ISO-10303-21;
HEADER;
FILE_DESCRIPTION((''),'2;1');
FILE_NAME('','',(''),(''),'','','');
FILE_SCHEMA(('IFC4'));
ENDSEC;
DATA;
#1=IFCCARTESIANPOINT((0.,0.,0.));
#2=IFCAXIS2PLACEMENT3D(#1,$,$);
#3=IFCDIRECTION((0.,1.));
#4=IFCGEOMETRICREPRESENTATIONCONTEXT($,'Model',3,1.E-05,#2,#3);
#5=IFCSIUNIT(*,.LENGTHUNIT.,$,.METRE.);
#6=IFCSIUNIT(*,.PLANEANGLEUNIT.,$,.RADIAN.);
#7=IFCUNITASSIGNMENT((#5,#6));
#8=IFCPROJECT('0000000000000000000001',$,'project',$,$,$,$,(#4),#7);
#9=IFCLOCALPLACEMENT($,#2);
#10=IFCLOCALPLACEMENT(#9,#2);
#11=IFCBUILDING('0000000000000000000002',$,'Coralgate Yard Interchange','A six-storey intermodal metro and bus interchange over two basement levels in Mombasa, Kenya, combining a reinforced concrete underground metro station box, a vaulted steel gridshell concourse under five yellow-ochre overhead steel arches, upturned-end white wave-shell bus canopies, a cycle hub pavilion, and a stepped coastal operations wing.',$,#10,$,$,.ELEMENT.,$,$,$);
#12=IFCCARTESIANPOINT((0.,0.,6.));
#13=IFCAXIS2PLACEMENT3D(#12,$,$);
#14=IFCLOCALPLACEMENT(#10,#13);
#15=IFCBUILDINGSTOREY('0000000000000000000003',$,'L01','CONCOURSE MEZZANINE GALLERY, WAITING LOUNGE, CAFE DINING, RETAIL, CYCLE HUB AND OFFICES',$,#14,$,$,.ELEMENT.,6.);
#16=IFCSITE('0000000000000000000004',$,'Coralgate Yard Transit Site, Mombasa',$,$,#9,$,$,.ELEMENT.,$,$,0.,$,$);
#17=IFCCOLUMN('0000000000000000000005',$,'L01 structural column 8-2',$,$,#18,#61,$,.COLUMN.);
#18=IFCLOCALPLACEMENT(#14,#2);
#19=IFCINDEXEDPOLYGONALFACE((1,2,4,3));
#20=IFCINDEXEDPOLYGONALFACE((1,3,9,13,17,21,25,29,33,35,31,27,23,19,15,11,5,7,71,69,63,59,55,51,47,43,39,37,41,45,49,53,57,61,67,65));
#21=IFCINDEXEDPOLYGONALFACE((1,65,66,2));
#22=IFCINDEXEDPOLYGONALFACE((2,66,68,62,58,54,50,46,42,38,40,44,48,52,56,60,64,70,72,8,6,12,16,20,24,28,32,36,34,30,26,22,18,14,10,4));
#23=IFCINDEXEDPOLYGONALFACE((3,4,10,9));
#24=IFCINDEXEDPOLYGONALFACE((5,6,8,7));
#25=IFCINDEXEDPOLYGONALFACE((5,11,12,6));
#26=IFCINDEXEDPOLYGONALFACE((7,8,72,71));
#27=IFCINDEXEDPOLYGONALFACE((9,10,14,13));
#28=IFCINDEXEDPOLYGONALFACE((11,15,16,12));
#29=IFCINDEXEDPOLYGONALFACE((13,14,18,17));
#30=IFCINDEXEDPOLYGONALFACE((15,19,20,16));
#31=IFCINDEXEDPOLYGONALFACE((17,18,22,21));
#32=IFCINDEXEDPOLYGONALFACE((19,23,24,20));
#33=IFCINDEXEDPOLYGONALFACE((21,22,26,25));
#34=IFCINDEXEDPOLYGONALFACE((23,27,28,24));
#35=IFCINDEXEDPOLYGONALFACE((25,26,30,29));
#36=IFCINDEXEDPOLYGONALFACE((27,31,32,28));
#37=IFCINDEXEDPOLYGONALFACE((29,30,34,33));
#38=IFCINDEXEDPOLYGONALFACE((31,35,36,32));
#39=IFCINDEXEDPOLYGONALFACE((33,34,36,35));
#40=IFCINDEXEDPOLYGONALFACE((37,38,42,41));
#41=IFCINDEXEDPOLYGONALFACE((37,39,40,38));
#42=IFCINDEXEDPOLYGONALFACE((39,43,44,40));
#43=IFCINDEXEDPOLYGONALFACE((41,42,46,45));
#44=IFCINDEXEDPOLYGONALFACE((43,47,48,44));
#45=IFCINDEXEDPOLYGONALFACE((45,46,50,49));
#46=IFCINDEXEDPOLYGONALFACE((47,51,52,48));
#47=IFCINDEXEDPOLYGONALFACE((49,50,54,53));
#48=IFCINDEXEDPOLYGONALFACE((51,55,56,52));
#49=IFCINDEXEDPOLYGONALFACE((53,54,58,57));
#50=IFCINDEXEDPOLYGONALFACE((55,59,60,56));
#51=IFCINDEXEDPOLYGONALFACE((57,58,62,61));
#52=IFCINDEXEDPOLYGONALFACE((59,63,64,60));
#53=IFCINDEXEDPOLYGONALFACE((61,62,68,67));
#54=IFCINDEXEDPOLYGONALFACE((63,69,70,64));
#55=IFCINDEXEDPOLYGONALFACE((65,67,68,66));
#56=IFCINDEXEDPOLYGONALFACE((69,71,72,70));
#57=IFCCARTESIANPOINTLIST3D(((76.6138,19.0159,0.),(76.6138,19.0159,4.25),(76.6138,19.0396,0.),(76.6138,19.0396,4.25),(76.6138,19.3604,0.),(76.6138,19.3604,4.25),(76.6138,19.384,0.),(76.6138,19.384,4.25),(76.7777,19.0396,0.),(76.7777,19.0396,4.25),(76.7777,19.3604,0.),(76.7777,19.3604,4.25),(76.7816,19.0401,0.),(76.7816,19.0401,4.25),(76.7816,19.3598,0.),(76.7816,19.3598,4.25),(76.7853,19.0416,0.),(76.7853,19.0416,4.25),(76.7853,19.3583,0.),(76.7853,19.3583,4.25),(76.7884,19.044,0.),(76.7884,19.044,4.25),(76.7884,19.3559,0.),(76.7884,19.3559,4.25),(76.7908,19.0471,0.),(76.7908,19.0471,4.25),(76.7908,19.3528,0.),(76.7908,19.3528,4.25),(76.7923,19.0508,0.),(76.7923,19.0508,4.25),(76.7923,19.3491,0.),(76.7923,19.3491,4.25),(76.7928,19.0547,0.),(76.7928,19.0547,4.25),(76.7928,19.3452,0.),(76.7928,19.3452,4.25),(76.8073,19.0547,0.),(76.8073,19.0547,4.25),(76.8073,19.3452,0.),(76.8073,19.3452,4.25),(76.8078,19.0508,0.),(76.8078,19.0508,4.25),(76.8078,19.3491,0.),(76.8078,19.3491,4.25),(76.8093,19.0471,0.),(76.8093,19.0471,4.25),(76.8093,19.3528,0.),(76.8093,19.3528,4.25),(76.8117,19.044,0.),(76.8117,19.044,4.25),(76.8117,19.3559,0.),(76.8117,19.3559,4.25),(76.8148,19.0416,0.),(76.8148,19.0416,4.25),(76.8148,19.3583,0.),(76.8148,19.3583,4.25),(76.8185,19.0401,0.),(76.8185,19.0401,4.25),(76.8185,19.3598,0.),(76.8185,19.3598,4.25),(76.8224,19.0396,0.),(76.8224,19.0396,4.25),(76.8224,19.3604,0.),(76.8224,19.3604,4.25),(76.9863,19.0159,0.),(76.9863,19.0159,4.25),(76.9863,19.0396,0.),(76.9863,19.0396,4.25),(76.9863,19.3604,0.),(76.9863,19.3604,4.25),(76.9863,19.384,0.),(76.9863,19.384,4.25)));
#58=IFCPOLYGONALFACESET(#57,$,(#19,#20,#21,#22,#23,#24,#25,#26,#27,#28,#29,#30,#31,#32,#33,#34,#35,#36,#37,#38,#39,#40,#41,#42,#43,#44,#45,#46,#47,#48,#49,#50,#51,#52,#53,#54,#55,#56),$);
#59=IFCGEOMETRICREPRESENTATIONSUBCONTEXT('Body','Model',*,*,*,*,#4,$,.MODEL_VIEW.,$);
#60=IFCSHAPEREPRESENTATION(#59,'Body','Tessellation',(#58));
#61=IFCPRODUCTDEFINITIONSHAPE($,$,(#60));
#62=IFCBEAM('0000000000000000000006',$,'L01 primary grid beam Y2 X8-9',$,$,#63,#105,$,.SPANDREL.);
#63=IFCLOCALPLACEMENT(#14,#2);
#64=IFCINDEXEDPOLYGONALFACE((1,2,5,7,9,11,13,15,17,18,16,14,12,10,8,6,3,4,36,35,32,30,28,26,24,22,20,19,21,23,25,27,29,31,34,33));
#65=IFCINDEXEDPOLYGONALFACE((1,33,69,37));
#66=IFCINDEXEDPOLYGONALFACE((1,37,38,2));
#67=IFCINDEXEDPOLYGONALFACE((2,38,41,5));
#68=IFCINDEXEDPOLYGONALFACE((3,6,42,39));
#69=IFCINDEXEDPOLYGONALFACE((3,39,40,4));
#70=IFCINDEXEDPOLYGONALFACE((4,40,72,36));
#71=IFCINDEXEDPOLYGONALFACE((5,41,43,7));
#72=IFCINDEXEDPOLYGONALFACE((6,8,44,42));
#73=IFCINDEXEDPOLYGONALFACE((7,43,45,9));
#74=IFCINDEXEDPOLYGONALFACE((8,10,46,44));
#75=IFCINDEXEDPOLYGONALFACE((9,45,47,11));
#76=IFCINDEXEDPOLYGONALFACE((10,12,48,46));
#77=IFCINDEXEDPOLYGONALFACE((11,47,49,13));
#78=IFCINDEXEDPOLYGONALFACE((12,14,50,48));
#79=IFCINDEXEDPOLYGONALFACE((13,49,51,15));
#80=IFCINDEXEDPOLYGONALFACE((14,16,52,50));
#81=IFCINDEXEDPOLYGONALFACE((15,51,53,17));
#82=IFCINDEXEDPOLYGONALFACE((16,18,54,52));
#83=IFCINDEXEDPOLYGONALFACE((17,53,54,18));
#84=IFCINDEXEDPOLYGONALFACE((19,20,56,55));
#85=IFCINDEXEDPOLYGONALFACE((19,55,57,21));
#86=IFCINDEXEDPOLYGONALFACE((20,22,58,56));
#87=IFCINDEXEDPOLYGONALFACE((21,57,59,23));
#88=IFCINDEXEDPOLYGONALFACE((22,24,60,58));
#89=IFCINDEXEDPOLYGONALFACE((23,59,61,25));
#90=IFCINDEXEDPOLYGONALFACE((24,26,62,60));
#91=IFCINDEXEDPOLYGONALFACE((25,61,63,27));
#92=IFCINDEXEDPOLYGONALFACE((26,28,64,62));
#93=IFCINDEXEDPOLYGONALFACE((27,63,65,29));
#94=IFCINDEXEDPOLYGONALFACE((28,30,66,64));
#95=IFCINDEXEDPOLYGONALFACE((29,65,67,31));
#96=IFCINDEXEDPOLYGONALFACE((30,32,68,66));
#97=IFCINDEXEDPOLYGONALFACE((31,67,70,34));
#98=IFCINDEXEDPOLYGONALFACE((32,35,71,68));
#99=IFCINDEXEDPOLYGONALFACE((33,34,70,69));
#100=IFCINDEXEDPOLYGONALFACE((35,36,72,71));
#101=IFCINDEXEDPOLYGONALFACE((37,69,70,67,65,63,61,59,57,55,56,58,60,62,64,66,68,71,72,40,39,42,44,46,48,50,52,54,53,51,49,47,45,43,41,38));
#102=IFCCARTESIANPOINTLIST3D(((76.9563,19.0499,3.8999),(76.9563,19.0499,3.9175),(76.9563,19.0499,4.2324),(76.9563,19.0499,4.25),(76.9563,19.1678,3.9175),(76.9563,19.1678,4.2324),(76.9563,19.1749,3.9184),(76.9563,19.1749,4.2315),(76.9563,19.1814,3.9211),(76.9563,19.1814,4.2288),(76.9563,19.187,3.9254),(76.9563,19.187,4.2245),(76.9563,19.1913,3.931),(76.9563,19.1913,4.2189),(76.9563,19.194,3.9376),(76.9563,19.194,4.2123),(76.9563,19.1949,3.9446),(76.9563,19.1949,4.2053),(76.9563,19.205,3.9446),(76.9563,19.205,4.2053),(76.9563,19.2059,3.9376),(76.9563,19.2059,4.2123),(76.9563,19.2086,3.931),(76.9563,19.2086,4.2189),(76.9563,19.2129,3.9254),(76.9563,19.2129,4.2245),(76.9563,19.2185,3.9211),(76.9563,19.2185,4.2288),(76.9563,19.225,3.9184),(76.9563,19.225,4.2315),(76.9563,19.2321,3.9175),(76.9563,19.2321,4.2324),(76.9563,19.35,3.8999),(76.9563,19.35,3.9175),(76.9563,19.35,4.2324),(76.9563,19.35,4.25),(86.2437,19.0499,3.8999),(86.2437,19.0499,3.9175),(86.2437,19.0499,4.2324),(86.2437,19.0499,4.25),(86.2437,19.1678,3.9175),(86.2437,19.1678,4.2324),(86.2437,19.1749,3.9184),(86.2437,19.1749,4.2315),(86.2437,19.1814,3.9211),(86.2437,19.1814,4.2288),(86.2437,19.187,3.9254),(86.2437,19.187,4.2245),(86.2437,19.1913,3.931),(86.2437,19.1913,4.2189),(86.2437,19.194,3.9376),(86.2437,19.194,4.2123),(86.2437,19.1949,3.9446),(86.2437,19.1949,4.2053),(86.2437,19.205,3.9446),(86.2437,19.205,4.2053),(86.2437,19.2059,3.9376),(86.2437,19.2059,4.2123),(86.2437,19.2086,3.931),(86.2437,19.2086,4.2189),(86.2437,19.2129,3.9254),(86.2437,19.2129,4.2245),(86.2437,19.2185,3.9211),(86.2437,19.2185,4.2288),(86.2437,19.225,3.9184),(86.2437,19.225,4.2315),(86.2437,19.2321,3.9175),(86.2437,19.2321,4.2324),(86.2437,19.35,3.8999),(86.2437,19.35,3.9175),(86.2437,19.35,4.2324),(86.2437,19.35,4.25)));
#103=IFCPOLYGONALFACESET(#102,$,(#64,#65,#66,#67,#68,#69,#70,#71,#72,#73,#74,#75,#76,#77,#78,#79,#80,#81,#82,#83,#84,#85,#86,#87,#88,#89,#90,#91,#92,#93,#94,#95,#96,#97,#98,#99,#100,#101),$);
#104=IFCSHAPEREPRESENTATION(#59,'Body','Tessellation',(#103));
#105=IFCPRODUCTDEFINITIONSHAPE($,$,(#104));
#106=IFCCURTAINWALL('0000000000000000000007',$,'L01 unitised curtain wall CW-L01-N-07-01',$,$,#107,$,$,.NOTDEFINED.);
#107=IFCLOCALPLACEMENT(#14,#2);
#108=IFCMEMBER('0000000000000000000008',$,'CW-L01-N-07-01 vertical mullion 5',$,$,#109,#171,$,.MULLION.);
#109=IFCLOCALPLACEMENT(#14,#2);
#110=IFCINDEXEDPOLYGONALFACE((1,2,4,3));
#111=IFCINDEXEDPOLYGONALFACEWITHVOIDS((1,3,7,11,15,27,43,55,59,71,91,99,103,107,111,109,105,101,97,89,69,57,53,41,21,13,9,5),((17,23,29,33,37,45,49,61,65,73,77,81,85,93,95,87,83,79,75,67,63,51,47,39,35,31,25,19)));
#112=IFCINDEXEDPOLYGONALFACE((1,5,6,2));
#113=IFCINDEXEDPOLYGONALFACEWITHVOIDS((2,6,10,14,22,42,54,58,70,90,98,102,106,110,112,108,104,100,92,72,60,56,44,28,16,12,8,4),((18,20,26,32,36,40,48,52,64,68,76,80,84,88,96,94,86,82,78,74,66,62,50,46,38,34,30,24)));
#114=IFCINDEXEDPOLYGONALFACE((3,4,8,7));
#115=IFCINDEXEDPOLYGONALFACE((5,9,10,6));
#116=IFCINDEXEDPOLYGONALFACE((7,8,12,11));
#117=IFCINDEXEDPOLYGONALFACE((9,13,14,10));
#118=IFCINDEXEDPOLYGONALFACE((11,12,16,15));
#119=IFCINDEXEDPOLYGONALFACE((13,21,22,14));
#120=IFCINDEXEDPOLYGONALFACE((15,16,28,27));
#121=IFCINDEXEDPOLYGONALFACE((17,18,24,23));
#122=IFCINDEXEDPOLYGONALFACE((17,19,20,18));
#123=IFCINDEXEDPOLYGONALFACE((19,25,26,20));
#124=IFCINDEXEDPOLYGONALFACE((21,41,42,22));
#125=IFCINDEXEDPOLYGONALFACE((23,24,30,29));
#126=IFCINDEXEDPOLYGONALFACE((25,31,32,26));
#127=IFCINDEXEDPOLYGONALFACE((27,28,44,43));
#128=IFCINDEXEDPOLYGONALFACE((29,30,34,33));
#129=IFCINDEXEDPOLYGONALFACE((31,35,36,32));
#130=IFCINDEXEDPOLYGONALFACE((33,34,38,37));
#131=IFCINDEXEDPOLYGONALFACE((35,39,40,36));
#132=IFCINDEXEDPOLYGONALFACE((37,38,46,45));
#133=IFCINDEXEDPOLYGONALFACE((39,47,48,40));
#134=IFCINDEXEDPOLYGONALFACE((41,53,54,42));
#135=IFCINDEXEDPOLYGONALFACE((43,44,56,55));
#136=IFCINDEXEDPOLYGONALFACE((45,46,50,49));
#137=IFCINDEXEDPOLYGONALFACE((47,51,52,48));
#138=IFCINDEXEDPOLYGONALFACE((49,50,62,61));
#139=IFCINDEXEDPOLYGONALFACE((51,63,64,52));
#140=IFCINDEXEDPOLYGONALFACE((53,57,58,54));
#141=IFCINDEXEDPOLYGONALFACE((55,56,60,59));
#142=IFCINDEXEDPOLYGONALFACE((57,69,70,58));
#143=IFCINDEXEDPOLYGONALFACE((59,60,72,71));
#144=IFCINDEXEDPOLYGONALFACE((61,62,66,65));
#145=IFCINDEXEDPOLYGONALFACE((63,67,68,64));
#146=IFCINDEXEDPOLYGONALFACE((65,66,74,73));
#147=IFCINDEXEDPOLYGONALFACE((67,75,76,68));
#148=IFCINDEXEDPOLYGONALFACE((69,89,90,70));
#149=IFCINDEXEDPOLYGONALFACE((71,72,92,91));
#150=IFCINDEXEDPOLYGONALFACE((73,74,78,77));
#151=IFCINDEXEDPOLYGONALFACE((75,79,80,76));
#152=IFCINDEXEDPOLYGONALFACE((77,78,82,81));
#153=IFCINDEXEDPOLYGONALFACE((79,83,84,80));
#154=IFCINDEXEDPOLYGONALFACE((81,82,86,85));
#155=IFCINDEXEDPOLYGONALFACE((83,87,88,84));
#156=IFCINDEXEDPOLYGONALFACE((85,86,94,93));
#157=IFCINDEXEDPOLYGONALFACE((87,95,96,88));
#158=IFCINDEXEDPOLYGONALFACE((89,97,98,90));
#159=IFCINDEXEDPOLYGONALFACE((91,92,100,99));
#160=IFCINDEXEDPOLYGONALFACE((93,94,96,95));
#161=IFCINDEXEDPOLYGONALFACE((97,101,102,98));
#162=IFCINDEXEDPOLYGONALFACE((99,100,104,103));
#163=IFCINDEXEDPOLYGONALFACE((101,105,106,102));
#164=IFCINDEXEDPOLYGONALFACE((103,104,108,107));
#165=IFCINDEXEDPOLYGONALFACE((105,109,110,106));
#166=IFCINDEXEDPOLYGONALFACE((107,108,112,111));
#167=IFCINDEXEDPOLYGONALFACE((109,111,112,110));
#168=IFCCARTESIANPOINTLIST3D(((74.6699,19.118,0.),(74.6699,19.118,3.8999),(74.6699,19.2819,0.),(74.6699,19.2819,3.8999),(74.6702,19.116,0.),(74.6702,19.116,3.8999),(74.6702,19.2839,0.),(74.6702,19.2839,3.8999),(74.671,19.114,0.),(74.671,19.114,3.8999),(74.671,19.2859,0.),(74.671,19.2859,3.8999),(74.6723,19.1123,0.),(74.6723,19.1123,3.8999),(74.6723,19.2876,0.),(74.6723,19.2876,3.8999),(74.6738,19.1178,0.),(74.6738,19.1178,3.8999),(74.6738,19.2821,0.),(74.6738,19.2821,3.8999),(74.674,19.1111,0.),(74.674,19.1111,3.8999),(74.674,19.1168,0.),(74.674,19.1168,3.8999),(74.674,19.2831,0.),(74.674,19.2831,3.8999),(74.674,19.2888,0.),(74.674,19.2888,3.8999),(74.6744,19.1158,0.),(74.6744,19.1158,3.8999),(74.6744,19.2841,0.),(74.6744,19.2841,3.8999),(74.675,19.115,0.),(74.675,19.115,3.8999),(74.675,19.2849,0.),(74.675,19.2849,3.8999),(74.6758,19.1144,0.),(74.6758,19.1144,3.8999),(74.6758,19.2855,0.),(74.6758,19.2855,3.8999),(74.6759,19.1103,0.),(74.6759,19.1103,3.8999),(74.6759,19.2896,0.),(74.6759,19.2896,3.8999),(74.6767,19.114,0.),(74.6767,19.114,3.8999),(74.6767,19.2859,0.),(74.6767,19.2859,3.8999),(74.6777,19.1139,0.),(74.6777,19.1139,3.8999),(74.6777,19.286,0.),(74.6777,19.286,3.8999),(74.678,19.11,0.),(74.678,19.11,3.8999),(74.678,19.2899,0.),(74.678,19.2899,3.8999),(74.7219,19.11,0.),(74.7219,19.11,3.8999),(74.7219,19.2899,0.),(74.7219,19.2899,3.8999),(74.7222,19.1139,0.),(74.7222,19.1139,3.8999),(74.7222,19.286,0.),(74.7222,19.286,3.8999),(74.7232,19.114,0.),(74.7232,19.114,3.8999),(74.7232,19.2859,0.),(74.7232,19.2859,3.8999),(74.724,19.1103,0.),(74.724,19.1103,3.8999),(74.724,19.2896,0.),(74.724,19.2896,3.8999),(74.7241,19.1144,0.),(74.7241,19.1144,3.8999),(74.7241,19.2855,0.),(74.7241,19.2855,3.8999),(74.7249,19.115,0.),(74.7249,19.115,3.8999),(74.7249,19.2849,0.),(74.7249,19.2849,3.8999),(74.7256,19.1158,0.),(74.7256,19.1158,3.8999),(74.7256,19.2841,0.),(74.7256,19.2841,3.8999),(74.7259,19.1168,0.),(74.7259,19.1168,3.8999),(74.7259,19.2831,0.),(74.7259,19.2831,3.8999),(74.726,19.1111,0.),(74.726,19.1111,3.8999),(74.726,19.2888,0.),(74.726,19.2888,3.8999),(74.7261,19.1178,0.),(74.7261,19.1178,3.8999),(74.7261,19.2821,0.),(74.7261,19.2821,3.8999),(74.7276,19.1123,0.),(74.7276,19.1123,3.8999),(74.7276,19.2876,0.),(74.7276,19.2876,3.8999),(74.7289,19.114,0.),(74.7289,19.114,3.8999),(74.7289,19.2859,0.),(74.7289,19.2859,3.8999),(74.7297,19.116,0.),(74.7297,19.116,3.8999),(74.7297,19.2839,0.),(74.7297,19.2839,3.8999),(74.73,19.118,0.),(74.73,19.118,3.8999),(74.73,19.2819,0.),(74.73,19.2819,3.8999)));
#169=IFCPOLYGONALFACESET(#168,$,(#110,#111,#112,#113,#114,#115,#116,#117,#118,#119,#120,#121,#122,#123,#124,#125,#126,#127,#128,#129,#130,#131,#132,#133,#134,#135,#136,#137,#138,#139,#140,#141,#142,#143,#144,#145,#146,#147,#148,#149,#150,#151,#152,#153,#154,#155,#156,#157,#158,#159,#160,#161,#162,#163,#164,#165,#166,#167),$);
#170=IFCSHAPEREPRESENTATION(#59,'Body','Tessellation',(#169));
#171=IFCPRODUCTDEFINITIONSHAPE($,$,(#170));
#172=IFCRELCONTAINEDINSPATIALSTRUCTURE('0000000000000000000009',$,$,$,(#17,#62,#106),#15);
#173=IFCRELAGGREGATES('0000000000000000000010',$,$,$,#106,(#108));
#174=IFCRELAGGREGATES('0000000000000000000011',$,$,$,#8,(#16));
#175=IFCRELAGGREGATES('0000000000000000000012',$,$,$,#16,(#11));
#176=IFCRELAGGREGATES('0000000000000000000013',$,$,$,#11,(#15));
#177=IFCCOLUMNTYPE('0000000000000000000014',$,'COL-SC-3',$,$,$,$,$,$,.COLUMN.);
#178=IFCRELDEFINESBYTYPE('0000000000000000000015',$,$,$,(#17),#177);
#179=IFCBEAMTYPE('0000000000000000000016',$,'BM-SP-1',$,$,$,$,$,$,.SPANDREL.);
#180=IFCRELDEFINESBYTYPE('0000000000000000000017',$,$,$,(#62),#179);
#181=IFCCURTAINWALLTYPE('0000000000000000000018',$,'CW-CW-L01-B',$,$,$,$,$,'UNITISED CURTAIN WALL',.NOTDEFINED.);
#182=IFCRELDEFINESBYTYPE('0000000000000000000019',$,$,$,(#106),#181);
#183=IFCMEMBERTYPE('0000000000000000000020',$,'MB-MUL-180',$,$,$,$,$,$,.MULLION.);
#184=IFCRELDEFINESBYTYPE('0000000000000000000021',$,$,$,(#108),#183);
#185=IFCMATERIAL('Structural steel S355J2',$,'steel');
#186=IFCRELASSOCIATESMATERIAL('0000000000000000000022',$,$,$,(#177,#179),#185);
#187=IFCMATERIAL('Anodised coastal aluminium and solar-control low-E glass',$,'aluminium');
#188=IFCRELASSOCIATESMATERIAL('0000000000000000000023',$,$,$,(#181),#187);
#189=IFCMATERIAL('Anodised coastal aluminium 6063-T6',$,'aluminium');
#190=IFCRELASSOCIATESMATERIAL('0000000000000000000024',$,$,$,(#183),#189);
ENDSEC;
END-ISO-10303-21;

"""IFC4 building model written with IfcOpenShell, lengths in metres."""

from ifc_helpers import new_model, si_unit, direction, frame, origin, origin_2d, place, context, subcontext, project, spatial, hollow_rectangle, i_section, extrude, material, material_profile, profile_set, type_object, element, aggregate, save


model = new_model("IFC4")

# Units and contexts
model_context = context("Model", 3, precision=1e-05, world=origin(), true_north=direction((0.0, 1.0)))
body_context = subcontext(model_context, "Body", "Model", "MODEL_VIEW")
ifc_project = project(units=[si_unit("LENGTHUNIT", "METRE"), si_unit("PLANEANGLEUNIT", "RADIAN")], contexts=[model_context])

# Site, building, storey
site_placement = place(None, origin())
site = spatial("IfcSite", under=ifc_project, at=site_placement, Name="Coralgate Yard Transit Site, Mombasa", CompositionType="ELEMENT", RefElevation=0.0)
building_placement = place(site_placement, origin())
building = spatial("IfcBuilding", under=site, at=building_placement, Name="Coralgate Yard Interchange", Description="A six-storey intermodal metro and bus interchange over two basement levels in Mombasa, Kenya, combining a reinforced concrete underground metro station box, a vaulted steel gridshell concourse under five yellow-ochre overhead steel arches, upturned-end white wave-shell bus canopies, a cycle hub pavilion, and a stepped coastal operations wing.", CompositionType="ELEMENT")
storey_placement = place(building_placement, frame((0.0, 0.0, 6.0)))
storey = spatial("IfcBuildingStorey", under=building, at=storey_placement, Name="L01", Description="CONCOURSE MEZZANINE GALLERY, WAITING LOUNGE, CAFE DINING, RETAIL, CYCLE HUB AND OFFICES", CompositionType="ELEMENT", Elevation=6.0)

# Column
ifc_material_1 = material(Name="Structural steel S355J2", Category="steel")
ifc_material_profile_1 = material_profile(ifc_material_1, i_section(OverallWidth=0.3726, OverallDepth=0.3682, WebThickness=0.0144, FlangeThickness=0.0237, FilletRadius=0.0151, at=origin_2d()), Name="UC 356x368x177")
ifc_profile_set_1 = profile_set([ifc_material_profile_1], Name="Structural steel S355J2")
column_type = type_object("IfcColumnType", Name="COL-SC-3", PredefinedType="COLUMN", material=ifc_profile_set_1)
column_placement = place(storey_placement, frame((76.8, 19.2, 0.0), z_axis=(0.0, 0.0, 1.0), x_axis=(1.0, 0.0, 0.0)))
element("IfcColumn", 1, at=column_placement, inside=storey, type_object=column_type, Name="L01 structural column 8-2", PredefinedType="COLUMN", context=body_context, shape_type="SweptSolid", body=[
    extrude(i_section(OverallWidth=0.3726, OverallDepth=0.3682, WebThickness=0.0144, FlangeThickness=0.0237, FilletRadius=0.0151, at=origin_2d()), origin(), (0.0, 0.0, 1.0), 4.25),
])

# Beam
ifc_material_profile_2 = material_profile(ifc_material_1, i_section(OverallWidth=0.3, OverallDepth=0.3501, WebThickness=0.01, FlangeThickness=0.0176, FilletRadius=0.0271, at=origin_2d()), Name="HEA 360")
ifc_profile_set_2 = profile_set([ifc_material_profile_2], Name="Structural steel S355J2")
beam_type = type_object("IfcBeamType", Name="BM-SP-1", PredefinedType="SPANDREL", material=ifc_profile_set_2)
beam_placement = place(storey_placement, frame((76.9563, 19.2, 4.075), z_axis=(1.0, 0.0, 0.0), x_axis=(0.0, 1.0, 0.0)))
element("IfcBeam", 2, at=beam_placement, inside=storey, type_object=beam_type, Name="L01 primary grid beam Y2 X8-9", PredefinedType="SPANDREL", context=body_context, shape_type="SweptSolid", body=[
    extrude(i_section(OverallWidth=0.3, OverallDepth=0.3501, WebThickness=0.01, FlangeThickness=0.0176, FilletRadius=0.0271, at=origin_2d()), origin(), (0.0, 0.0, 1.0), 9.2874),
])

# Curtain wall, member
ifc_material_2 = material(Name="Anodised coastal aluminium and solar-control low-E glass", Category="aluminium")
curtain_wall_type = type_object("IfcCurtainWallType", Name="CW-CW-L01-B", ElementType="UNITISED CURTAIN WALL", PredefinedType="NOTDEFINED", material=ifc_material_2)
curtain_wall_1_placement = place(storey_placement, origin())
curtain_wall_1 = element("IfcCurtainWall", 3, at=curtain_wall_1_placement, inside=storey, type_object=curtain_wall_type, Name="L01 unitised curtain wall CW-L01-N-07-01", PredefinedType="NOTDEFINED")
ifc_material_3 = material(Name="Anodised coastal aluminium 6063-T6", Category="aluminium")
ifc_material_profile_3 = material_profile(ifc_material_3, hollow_rectangle(XDim=0.0601, YDim=0.1799, WallThickness=0.0039, InnerFilletRadius=0.0039, OuterFilletRadius=0.0081, at=origin_2d()), Name="ALU 60x180x4")
ifc_profile_set_3 = profile_set([ifc_material_profile_3], Name="Anodised coastal aluminium 6063-T6")
member_type_1 = type_object("IfcMemberType", Name="MB-MUL-180", PredefinedType="MULLION", material=ifc_profile_set_3)
member_1_placement = place(storey_placement, frame((74.7, 19.2, 0.0), z_axis=(0.0, 0.0, 1.0), x_axis=(1.0, 0.0, 0.0)))
member_1 = element("IfcMember", 4, at=member_1_placement, type_object=member_type_1, Name="CW-L01-N-07-01 vertical mullion 5", PredefinedType="MULLION", context=body_context, shape_type="SweptSolid", body=[
    extrude(hollow_rectangle(XDim=0.0601, YDim=0.1799, WallThickness=0.0039, InnerFilletRadius=0.0039, OuterFilletRadius=0.0081, at=origin_2d()), origin(), (0.0, 0.0, 1.0), 3.8999),
])

aggregate(curtain_wall_1, [member_1])

save(model, "model.ifc")
